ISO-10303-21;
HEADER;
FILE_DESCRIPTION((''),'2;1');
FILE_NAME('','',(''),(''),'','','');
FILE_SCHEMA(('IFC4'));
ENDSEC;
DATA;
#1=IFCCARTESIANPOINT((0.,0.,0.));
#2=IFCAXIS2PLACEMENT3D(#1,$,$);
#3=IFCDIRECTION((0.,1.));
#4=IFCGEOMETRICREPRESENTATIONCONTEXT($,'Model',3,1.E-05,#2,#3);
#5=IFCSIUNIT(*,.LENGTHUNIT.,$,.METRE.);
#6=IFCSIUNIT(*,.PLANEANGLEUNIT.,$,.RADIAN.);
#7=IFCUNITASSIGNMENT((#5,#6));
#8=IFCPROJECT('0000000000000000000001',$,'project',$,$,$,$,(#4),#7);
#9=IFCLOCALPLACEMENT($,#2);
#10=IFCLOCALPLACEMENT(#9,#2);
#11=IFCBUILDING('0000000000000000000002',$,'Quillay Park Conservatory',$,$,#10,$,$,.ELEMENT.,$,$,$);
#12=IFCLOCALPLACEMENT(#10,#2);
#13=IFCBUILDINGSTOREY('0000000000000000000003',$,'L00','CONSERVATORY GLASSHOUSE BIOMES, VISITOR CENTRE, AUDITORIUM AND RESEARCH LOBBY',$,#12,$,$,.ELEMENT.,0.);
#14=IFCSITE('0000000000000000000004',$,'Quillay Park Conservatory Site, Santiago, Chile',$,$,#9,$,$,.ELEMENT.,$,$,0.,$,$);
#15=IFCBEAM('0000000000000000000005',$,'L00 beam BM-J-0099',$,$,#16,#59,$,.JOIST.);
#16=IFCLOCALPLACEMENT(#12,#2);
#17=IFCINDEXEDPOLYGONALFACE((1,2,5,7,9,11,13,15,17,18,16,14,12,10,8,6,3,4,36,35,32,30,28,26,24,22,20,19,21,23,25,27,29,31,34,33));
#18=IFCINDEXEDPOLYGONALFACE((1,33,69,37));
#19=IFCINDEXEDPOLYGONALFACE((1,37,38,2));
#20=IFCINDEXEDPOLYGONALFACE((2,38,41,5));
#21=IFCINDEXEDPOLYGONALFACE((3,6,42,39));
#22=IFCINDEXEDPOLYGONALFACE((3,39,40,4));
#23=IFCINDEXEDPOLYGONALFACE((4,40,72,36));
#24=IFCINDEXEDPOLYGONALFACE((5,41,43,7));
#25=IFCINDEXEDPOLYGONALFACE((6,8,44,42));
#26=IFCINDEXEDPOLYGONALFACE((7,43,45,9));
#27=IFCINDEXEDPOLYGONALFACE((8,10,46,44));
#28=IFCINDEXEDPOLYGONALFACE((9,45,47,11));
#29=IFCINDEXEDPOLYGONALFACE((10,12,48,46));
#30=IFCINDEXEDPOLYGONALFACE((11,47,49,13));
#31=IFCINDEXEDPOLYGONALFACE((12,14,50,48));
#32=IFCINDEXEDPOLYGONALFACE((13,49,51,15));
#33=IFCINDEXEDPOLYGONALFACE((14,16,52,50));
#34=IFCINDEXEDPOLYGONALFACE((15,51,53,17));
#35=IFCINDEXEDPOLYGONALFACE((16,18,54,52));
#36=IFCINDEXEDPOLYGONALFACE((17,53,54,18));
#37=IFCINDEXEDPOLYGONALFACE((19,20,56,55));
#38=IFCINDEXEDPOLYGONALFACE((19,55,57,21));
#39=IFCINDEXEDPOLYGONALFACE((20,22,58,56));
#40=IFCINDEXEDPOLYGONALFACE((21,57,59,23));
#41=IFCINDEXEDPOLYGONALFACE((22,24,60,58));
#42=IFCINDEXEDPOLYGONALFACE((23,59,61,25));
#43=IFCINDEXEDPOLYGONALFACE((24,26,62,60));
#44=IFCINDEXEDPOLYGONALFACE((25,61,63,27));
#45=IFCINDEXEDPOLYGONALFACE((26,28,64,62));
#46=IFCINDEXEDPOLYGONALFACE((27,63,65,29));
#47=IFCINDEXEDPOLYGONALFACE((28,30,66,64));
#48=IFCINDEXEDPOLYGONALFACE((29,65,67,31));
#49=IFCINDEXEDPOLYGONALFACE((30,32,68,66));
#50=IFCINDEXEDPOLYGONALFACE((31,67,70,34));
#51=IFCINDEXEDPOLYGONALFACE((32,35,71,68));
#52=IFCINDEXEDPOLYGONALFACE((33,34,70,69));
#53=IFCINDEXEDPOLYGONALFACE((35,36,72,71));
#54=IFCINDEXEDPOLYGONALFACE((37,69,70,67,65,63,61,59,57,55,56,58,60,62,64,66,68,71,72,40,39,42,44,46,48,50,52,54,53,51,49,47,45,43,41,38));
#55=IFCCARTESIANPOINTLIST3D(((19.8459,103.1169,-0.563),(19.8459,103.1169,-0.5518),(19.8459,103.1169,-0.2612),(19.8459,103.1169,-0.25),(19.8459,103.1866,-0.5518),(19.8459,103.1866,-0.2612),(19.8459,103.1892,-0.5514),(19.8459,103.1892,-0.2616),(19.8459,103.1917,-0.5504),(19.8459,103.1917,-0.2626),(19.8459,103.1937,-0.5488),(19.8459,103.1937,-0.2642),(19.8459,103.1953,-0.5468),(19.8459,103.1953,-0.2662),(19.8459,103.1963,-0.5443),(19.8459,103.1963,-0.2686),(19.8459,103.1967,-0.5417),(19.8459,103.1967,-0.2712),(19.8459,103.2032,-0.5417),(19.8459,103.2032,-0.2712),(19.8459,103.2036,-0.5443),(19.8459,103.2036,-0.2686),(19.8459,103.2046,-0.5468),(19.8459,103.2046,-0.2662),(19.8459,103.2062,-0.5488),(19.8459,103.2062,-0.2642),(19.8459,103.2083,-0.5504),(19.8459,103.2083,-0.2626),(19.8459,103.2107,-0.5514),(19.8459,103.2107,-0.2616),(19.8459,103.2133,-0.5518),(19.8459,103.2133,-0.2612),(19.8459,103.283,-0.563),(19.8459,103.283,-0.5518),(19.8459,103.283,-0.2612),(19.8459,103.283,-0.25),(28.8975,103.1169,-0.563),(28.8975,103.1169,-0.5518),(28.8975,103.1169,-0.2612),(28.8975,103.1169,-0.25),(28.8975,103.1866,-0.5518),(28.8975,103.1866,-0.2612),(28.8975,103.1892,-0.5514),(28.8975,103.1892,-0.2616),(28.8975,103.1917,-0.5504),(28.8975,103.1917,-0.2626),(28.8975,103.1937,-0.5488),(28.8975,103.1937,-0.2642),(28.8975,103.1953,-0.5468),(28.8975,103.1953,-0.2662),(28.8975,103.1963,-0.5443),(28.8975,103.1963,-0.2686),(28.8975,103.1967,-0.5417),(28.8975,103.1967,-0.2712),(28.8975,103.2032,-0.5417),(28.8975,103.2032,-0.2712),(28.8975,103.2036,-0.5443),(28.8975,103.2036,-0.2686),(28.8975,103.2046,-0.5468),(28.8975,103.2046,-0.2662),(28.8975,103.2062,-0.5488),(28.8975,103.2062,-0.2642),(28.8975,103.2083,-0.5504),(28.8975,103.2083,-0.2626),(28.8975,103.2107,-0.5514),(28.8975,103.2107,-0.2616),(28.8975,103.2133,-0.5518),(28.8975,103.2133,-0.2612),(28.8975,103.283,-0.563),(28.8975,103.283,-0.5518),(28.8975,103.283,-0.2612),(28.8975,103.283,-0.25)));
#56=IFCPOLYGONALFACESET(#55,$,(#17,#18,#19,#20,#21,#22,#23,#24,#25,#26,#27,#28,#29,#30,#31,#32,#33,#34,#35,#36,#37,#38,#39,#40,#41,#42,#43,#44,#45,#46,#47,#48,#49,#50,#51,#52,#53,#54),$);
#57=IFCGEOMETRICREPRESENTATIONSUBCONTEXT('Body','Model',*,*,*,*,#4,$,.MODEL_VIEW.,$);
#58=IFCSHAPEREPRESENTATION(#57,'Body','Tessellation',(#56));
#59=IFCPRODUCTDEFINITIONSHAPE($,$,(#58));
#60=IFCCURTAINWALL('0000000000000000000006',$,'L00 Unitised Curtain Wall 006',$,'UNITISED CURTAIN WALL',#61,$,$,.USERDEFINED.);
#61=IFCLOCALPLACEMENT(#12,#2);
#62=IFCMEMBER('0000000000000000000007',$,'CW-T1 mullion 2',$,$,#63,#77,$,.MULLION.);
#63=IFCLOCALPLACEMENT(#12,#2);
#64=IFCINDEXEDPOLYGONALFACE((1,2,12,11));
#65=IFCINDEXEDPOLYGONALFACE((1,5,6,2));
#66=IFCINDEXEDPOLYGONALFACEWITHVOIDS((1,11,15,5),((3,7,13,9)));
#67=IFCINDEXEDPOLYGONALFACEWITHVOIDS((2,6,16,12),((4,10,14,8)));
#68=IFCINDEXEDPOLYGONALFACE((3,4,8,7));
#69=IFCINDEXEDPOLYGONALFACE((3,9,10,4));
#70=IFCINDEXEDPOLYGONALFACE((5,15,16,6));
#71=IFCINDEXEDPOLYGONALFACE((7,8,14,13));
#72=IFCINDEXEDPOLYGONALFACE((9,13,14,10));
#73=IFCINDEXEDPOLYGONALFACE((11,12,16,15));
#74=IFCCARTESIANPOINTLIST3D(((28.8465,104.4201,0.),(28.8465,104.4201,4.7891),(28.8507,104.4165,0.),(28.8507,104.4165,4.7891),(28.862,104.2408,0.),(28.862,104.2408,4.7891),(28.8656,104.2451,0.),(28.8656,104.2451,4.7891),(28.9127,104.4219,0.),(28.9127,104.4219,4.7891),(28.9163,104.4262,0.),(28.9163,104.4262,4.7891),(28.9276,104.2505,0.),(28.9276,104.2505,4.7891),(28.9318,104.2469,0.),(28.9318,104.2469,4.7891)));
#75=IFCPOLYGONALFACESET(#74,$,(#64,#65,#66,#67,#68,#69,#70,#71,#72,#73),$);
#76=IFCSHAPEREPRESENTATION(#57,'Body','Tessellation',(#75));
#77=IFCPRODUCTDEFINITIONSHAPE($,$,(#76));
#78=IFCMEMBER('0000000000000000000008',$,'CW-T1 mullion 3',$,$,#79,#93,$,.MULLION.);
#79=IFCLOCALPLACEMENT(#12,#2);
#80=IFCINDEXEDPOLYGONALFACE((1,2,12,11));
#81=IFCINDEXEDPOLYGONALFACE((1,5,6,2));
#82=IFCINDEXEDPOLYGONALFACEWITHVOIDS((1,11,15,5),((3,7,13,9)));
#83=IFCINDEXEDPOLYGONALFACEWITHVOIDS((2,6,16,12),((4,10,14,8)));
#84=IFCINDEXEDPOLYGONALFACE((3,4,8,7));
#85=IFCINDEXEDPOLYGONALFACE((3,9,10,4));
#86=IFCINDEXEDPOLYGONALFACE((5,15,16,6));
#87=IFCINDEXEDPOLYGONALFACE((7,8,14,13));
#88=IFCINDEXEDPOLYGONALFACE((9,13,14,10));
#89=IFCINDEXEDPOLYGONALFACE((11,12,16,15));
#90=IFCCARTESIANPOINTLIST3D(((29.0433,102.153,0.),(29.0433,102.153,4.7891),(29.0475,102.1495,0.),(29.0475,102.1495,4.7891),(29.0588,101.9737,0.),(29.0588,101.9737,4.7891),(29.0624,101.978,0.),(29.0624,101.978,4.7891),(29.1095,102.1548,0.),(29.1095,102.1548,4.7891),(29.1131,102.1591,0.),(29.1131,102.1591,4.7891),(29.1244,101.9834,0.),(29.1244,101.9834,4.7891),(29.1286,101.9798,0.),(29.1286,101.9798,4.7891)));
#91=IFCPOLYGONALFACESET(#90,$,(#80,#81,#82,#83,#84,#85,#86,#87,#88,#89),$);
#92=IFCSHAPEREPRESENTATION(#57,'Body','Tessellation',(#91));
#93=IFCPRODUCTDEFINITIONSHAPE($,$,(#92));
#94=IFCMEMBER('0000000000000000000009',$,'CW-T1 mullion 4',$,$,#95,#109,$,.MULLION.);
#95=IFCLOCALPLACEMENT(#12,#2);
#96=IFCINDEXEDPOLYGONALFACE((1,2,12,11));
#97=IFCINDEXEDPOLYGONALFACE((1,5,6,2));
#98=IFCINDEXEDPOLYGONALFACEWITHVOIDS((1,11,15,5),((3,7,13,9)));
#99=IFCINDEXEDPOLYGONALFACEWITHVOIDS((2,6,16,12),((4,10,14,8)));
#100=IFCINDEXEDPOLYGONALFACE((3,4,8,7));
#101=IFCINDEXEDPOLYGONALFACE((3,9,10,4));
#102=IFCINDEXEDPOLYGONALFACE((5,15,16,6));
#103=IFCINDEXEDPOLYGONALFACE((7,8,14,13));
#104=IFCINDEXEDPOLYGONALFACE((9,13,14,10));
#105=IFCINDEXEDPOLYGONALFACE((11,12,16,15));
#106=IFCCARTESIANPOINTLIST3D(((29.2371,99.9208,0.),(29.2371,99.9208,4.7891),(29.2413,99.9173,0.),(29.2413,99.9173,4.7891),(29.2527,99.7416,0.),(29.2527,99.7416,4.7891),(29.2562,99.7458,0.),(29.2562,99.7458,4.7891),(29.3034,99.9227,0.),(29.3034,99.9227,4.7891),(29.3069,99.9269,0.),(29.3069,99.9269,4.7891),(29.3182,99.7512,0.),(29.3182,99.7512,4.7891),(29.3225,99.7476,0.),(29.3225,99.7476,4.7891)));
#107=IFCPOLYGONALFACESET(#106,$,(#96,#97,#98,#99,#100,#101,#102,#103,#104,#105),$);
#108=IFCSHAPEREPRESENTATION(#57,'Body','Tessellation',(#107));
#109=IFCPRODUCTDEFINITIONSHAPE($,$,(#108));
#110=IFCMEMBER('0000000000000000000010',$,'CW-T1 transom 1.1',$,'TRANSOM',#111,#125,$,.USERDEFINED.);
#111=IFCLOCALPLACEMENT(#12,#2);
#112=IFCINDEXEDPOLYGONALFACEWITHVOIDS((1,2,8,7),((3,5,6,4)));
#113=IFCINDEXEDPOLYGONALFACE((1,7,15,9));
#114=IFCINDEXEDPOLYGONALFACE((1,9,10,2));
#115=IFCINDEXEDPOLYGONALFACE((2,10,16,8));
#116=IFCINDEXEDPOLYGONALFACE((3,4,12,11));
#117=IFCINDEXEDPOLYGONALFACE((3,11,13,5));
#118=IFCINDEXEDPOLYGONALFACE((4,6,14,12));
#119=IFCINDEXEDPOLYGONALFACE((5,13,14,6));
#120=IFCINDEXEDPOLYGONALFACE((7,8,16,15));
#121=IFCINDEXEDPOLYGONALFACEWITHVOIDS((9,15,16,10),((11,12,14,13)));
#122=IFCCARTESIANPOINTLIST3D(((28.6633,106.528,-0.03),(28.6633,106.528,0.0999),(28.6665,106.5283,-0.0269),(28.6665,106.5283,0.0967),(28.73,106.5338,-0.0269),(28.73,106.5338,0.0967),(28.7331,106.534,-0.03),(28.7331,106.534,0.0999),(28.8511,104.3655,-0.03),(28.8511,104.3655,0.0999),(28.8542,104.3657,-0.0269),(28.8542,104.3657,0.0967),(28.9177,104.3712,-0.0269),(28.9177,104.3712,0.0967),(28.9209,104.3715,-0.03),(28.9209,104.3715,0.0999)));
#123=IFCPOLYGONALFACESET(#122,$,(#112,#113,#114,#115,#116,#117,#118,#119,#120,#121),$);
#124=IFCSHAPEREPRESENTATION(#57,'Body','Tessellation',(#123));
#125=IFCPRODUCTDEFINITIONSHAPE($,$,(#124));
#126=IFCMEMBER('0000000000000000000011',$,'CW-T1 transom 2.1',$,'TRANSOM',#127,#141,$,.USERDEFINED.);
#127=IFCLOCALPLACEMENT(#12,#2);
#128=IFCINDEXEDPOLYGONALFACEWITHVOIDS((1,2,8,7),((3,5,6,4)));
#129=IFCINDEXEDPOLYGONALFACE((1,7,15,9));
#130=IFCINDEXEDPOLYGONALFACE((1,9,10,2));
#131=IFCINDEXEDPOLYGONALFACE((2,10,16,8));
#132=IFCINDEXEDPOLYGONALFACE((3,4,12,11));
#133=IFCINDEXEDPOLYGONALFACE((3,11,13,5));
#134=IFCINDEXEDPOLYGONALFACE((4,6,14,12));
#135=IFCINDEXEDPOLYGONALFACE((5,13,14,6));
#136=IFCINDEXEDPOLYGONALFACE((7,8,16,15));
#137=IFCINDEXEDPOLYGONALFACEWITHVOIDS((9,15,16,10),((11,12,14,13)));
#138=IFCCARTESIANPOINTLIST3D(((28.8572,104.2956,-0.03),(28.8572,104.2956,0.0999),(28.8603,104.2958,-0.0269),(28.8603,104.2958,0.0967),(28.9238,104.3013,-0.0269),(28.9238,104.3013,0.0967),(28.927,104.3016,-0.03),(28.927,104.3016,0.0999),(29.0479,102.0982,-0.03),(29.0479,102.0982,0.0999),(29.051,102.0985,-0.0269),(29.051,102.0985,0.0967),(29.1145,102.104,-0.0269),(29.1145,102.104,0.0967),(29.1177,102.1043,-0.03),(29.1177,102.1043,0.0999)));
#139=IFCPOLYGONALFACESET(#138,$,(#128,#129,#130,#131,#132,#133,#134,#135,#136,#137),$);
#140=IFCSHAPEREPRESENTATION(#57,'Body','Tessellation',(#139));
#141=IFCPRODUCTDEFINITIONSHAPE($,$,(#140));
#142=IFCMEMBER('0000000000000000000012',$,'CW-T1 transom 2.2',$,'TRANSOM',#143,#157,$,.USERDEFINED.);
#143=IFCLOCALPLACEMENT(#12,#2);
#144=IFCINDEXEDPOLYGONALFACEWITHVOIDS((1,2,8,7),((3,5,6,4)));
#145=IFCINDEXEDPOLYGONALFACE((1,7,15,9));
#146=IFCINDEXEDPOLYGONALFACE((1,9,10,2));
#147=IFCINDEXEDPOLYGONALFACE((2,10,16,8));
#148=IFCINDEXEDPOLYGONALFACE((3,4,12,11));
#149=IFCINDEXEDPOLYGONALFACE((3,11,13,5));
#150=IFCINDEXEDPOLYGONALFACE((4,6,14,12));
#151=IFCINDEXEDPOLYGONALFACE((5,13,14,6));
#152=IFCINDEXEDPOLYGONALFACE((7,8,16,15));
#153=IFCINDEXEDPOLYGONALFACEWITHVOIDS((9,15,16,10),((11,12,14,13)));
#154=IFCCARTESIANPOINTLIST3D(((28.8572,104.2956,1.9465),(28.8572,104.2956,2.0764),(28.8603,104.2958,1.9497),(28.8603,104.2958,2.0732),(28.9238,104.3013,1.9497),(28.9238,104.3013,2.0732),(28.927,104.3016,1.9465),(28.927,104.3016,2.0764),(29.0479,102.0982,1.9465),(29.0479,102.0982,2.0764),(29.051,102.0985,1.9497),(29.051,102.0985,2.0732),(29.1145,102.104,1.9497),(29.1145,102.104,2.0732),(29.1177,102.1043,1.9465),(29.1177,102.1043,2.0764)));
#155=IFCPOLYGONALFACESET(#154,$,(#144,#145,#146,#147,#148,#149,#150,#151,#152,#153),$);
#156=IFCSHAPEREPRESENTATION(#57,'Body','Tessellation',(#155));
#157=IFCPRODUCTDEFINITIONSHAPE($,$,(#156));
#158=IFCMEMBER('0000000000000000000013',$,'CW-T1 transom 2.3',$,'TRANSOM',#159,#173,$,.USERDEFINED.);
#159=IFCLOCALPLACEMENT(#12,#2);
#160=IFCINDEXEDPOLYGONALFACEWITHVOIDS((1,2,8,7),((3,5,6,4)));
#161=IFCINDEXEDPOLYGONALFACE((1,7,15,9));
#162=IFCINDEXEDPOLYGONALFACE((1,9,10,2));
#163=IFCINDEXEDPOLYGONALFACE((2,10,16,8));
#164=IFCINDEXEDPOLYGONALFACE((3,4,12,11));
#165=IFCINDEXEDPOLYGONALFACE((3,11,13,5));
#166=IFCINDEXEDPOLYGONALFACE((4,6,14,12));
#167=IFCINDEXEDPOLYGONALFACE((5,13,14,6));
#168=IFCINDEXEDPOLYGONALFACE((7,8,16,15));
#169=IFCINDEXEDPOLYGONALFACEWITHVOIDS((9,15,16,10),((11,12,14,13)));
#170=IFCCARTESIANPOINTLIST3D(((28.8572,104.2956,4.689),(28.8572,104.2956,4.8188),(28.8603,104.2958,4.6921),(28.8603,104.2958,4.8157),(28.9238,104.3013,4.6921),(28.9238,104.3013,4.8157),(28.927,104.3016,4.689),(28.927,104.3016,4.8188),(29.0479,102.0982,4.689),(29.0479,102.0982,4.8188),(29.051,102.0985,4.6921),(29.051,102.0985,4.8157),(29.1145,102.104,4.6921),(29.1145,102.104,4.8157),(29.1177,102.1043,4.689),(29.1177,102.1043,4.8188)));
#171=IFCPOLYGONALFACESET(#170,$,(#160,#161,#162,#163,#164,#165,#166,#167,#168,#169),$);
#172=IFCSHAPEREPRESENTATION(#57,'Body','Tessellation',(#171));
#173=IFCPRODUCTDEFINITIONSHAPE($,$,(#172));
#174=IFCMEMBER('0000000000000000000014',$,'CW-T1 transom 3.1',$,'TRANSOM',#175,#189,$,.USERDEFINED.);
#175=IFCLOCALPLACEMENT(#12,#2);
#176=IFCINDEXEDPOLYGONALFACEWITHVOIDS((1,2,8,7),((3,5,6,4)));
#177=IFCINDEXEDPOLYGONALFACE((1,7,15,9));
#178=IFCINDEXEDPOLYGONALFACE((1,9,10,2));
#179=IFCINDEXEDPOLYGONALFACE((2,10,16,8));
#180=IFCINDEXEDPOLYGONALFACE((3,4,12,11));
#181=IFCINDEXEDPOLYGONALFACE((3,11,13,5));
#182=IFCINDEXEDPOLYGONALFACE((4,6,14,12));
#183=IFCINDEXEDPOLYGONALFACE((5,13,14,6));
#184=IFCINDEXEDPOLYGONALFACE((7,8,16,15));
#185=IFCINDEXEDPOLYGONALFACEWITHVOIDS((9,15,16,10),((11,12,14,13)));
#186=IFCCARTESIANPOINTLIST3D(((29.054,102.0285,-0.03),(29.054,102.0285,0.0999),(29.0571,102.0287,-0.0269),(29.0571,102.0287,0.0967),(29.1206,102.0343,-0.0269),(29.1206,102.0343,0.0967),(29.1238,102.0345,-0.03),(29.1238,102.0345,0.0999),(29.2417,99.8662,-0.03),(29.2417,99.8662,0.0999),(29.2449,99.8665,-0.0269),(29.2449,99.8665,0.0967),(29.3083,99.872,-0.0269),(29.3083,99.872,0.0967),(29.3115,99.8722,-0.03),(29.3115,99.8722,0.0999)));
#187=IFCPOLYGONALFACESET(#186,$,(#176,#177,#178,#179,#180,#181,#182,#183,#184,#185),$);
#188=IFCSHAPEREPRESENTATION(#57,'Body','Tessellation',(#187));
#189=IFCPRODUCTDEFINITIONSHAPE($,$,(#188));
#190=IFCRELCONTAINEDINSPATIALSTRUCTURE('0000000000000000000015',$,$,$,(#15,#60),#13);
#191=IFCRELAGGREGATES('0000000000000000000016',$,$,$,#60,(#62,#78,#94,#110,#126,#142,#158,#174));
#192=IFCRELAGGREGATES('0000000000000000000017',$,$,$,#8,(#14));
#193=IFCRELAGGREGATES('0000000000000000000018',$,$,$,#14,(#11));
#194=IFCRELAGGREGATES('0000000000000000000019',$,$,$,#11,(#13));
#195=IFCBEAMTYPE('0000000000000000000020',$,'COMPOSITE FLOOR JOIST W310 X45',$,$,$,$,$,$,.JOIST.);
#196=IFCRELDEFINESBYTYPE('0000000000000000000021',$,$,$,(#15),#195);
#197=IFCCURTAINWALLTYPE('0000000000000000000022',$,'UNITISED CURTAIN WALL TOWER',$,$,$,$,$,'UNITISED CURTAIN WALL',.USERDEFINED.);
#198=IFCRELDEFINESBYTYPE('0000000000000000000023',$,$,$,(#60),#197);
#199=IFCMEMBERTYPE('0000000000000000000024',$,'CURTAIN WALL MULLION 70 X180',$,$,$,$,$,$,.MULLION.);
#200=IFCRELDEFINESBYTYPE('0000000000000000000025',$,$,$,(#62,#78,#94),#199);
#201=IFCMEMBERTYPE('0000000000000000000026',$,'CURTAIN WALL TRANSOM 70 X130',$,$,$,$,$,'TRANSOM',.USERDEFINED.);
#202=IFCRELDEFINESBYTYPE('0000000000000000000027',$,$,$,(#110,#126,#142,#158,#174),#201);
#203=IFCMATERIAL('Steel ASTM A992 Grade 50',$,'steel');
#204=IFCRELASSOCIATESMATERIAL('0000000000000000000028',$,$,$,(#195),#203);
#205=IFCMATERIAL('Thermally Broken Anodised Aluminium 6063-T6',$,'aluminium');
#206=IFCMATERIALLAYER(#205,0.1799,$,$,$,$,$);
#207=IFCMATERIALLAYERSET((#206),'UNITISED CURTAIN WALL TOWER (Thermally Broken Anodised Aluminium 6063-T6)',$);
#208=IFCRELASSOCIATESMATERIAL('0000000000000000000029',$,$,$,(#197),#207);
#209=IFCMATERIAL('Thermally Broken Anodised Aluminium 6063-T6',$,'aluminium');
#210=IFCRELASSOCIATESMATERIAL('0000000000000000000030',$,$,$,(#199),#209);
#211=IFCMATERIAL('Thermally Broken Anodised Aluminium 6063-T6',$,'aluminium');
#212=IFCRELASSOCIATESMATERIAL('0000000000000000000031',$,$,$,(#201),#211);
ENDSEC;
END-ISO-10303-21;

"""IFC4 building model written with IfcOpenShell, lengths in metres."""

from ifc_helpers import new_model, si_unit, direction, frame, origin, origin_2d, place, context, subcontext, project, spatial, hollow_rectangle, i_section, extrude, material, layer, layer_set, material_profile, profile_set, type_object, element, aggregate, save


model = new_model("IFC4")

# Units and contexts
model_context = context("Model", 3, precision=1e-05, world=origin(), true_north=direction((0.0, 1.0)))
body_context = subcontext(model_context, "Body", "Model", "MODEL_VIEW")
ifc_project = project(units=[si_unit("LENGTHUNIT", "METRE"), si_unit("PLANEANGLEUNIT", "RADIAN")], contexts=[model_context])

# Site, building, storey
site_placement = place(None, origin())
site = spatial("IfcSite", under=ifc_project, at=site_placement, Name="Quillay Park Conservatory Site, Santiago, Chile", CompositionType="ELEMENT", RefElevation=0.0)
building_placement = place(site_placement, origin())
building = spatial("IfcBuilding", under=site, at=building_placement, Name="Quillay Park Conservatory", CompositionType="ELEMENT")
storey_placement = place(building_placement, origin())
storey = spatial("IfcBuildingStorey", under=building, at=storey_placement, Name="L00", Description="CONSERVATORY GLASSHOUSE BIOMES, VISITOR CENTRE, AUDITORIUM AND RESEARCH LOBBY", CompositionType="ELEMENT", Elevation=0.0)

# Beam
ifc_material_1 = material(Name="Steel ASTM A992 Grade 50", Category="steel")
ifc_material_profile_1 = material_profile(ifc_material_1, i_section(OverallWidth=0.166, OverallDepth=0.313, WebThickness=0.0066, FlangeThickness=0.0112, FilletRadius=0.01, at=origin_2d()), Name="W310x45")
ifc_profile_set_1 = profile_set([ifc_material_profile_1], Name="Steel ASTM A992 Grade 50")
beam_type_1 = type_object("IfcBeamType", Name="COMPOSITE FLOOR JOIST W310 X45", PredefinedType="JOIST", material=ifc_profile_set_1)
beam_1_placement = place(storey_placement, frame((19.8459, 103.2, -0.4065), z_axis=(1.0, 0.0, 0.0), x_axis=(0.0, 1.0, 0.0)))
element("IfcBeam", 1, at=beam_1_placement, inside=storey, type_object=beam_type_1, Name="L00 beam BM-J-0099", PredefinedType="JOIST", context=body_context, shape_type="SweptSolid", body=[
    extrude(i_section(OverallWidth=0.166, OverallDepth=0.313, WebThickness=0.0066, FlangeThickness=0.0112, FilletRadius=0.01, at=origin_2d()), origin(), (0.0, 0.0, 1.0), 9.0515),
])

# Curtain wall, members
ifc_material_2 = material(Name="Thermally Broken Anodised Aluminium 6063-T6", Category="aluminium")
ifc_layer_1 = layer(ifc_material_2, 0.1799)
ifc_layer_set_1 = layer_set([ifc_layer_1], Name="UNITISED CURTAIN WALL TOWER (Thermally Broken Anodised Aluminium 6063-T6)")
curtain_wall_type = type_object("IfcCurtainWallType", Name="UNITISED CURTAIN WALL TOWER", ElementType="UNITISED CURTAIN WALL", PredefinedType="USERDEFINED", material=ifc_layer_set_1)
curtain_wall_placement = place(storey_placement, origin())
curtain_wall = element("IfcCurtainWall", 2, at=curtain_wall_placement, inside=storey, type_object=curtain_wall_type, Name="L00 Unitised Curtain Wall 006", ObjectType="UNITISED CURTAIN WALL", PredefinedType="USERDEFINED")
ifc_material_3 = material(Name="Thermally Broken Anodised Aluminium 6063-T6", Category="aluminium")
ifc_material_profile_2 = material_profile(ifc_material_3, hollow_rectangle(XDim=0.0701, YDim=0.1799, WallThickness=0.0039, at=origin_2d()), Name="AL70x180x4")
ifc_profile_set_2 = profile_set([ifc_material_profile_2], Name="Thermally Broken Anodised Aluminium 6063-T6")
member_type_1 = type_object("IfcMemberType", Name="CURTAIN WALL MULLION 70 X180", PredefinedType="MULLION", material=ifc_profile_set_2)
member_1_placement = place(storey_placement, frame((28.8892, 104.3335, 0.0), z_axis=(0.0, 0.0, 1.0), x_axis=(0.996254, 0.08648, 0.0)))
member_1 = element("IfcMember", 3, at=member_1_placement, type_object=member_type_1, Name="CW-T1 mullion 2", PredefinedType="MULLION", context=body_context, shape_type="SweptSolid", body=[
    extrude(hollow_rectangle(XDim=0.0701, YDim=0.1799, WallThickness=0.0039, at=origin_2d()), origin(), (0.0, 0.0, 1.0), 4.7891),
])
member_2_placement = place(storey_placement, frame((29.0859, 102.0664, 0.0), z_axis=(0.0, 0.0, 1.0), x_axis=(0.996254, 0.08648, 0.0)))
member_2 = element("IfcMember", 4, at=member_2_placement, type_object=member_type_1, Name="CW-T1 mullion 3", PredefinedType="MULLION", context=body_context, shape_type="SweptSolid", body=[
    extrude(hollow_rectangle(XDim=0.0701, YDim=0.1799, WallThickness=0.0039, at=origin_2d()), origin(), (0.0, 0.0, 1.0), 4.7891),
])
member_3_placement = place(storey_placement, frame((29.2798, 99.8342, 0.0), z_axis=(0.0, 0.0, 1.0), x_axis=(0.996254, 0.08648, 0.0)))
member_3 = element("IfcMember", 5, at=member_3_placement, type_object=member_type_1, Name="CW-T1 mullion 4", PredefinedType="MULLION", context=body_context, shape_type="SweptSolid", body=[
    extrude(hollow_rectangle(XDim=0.0701, YDim=0.1799, WallThickness=0.0039, at=origin_2d()), origin(), (0.0, 0.0, 1.0), 4.7891),
])
ifc_material_4 = material(Name="Thermally Broken Anodised Aluminium 6063-T6", Category="aluminium")
ifc_material_profile_3 = material_profile(ifc_material_4, hollow_rectangle(XDim=0.0701, YDim=0.1299, WallThickness=0.0032, at=origin_2d()), Name="AL70x130x3.2")
ifc_profile_set_3 = profile_set([ifc_material_profile_3], Name="Thermally Broken Anodised Aluminium 6063-T6")
member_type_2 = type_object("IfcMemberType", Name="CURTAIN WALL TRANSOM 70 X130", ElementType="TRANSOM", PredefinedType="USERDEFINED", material=ifc_profile_set_3)
member_4_placement = place(storey_placement, frame((28.6982, 106.531, 0.0349), z_axis=(0.086489, -0.996253, 0.0), x_axis=(0.996253, 0.086489, 0.0)))
member_4 = element("IfcMember", 6, at=member_4_placement, type_object=member_type_2, Name="CW-T1 transom 1.1", ObjectType="TRANSOM", PredefinedType="USERDEFINED", context=body_context, shape_type="SweptSolid", body=[
    extrude(hollow_rectangle(XDim=0.0701, YDim=0.1299, WallThickness=0.0032, at=origin_2d()), origin(), (0.0, 0.0, 1.0), 2.1707),
])
member_5_placement = place(storey_placement, frame((28.8921, 104.2986, 0.0349), z_axis=(0.086453, -0.996256, 0.0), x_axis=(0.996256, 0.086453, 0.0)))
member_5 = element("IfcMember", 7, at=member_5_placement, type_object=member_type_2, Name="CW-T1 transom 2.1", ObjectType="TRANSOM", PredefinedType="USERDEFINED", context=body_context, shape_type="SweptSolid", body=[
    extrude(hollow_rectangle(XDim=0.0701, YDim=0.1299, WallThickness=0.0032, at=origin_2d()), origin(), (0.0, 0.0, 1.0), 2.2056),
])
member_6_placement = place(storey_placement, frame((28.8921, 104.2986, 2.0115), z_axis=(0.086453, -0.996256, 0.0), x_axis=(0.996256, 0.086453, 0.0)))
member_6 = element("IfcMember", 8, at=member_6_placement, type_object=member_type_2, Name="CW-T1 transom 2.2", ObjectType="TRANSOM", PredefinedType="USERDEFINED", context=body_context, shape_type="SweptSolid", body=[
    extrude(hollow_rectangle(XDim=0.0701, YDim=0.1299, WallThickness=0.0032, at=origin_2d()), origin(), (0.0, 0.0, 1.0), 2.2056),
])
member_7_placement = place(storey_placement, frame((28.8921, 104.2986, 4.7539), z_axis=(0.086453, -0.996256, 0.0), x_axis=(0.996256, 0.086453, 0.0)))
member_7 = element("IfcMember", 9, at=member_7_placement, type_object=member_type_2, Name="CW-T1 transom 2.3", ObjectType="TRANSOM", PredefinedType="USERDEFINED", context=body_context, shape_type="SweptSolid", body=[
    extrude(hollow_rectangle(XDim=0.0701, YDim=0.1299, WallThickness=0.0032, at=origin_2d()), origin(), (0.0, 0.0, 1.0), 2.2056),
])
member_8_placement = place(storey_placement, frame((29.0889, 102.0315, 0.0349), z_axis=(0.086499, -0.996252, 0.0), x_axis=(0.996252, 0.086499, 0.0)))
member_8 = element("IfcMember", 10, at=member_8_placement, type_object=member_type_2, Name="CW-T1 transom 3.1", ObjectType="TRANSOM", PredefinedType="USERDEFINED", context=body_context, shape_type="SweptSolid", body=[
    extrude(hollow_rectangle(XDim=0.0701, YDim=0.1299, WallThickness=0.0032, at=origin_2d()), origin(), (0.0, 0.0, 1.0), 2.1704),
])

aggregate(curtain_wall, [member_1, member_2, member_3, member_4, member_5, member_6, member_7, member_8])

save(model, "model.ifc")
